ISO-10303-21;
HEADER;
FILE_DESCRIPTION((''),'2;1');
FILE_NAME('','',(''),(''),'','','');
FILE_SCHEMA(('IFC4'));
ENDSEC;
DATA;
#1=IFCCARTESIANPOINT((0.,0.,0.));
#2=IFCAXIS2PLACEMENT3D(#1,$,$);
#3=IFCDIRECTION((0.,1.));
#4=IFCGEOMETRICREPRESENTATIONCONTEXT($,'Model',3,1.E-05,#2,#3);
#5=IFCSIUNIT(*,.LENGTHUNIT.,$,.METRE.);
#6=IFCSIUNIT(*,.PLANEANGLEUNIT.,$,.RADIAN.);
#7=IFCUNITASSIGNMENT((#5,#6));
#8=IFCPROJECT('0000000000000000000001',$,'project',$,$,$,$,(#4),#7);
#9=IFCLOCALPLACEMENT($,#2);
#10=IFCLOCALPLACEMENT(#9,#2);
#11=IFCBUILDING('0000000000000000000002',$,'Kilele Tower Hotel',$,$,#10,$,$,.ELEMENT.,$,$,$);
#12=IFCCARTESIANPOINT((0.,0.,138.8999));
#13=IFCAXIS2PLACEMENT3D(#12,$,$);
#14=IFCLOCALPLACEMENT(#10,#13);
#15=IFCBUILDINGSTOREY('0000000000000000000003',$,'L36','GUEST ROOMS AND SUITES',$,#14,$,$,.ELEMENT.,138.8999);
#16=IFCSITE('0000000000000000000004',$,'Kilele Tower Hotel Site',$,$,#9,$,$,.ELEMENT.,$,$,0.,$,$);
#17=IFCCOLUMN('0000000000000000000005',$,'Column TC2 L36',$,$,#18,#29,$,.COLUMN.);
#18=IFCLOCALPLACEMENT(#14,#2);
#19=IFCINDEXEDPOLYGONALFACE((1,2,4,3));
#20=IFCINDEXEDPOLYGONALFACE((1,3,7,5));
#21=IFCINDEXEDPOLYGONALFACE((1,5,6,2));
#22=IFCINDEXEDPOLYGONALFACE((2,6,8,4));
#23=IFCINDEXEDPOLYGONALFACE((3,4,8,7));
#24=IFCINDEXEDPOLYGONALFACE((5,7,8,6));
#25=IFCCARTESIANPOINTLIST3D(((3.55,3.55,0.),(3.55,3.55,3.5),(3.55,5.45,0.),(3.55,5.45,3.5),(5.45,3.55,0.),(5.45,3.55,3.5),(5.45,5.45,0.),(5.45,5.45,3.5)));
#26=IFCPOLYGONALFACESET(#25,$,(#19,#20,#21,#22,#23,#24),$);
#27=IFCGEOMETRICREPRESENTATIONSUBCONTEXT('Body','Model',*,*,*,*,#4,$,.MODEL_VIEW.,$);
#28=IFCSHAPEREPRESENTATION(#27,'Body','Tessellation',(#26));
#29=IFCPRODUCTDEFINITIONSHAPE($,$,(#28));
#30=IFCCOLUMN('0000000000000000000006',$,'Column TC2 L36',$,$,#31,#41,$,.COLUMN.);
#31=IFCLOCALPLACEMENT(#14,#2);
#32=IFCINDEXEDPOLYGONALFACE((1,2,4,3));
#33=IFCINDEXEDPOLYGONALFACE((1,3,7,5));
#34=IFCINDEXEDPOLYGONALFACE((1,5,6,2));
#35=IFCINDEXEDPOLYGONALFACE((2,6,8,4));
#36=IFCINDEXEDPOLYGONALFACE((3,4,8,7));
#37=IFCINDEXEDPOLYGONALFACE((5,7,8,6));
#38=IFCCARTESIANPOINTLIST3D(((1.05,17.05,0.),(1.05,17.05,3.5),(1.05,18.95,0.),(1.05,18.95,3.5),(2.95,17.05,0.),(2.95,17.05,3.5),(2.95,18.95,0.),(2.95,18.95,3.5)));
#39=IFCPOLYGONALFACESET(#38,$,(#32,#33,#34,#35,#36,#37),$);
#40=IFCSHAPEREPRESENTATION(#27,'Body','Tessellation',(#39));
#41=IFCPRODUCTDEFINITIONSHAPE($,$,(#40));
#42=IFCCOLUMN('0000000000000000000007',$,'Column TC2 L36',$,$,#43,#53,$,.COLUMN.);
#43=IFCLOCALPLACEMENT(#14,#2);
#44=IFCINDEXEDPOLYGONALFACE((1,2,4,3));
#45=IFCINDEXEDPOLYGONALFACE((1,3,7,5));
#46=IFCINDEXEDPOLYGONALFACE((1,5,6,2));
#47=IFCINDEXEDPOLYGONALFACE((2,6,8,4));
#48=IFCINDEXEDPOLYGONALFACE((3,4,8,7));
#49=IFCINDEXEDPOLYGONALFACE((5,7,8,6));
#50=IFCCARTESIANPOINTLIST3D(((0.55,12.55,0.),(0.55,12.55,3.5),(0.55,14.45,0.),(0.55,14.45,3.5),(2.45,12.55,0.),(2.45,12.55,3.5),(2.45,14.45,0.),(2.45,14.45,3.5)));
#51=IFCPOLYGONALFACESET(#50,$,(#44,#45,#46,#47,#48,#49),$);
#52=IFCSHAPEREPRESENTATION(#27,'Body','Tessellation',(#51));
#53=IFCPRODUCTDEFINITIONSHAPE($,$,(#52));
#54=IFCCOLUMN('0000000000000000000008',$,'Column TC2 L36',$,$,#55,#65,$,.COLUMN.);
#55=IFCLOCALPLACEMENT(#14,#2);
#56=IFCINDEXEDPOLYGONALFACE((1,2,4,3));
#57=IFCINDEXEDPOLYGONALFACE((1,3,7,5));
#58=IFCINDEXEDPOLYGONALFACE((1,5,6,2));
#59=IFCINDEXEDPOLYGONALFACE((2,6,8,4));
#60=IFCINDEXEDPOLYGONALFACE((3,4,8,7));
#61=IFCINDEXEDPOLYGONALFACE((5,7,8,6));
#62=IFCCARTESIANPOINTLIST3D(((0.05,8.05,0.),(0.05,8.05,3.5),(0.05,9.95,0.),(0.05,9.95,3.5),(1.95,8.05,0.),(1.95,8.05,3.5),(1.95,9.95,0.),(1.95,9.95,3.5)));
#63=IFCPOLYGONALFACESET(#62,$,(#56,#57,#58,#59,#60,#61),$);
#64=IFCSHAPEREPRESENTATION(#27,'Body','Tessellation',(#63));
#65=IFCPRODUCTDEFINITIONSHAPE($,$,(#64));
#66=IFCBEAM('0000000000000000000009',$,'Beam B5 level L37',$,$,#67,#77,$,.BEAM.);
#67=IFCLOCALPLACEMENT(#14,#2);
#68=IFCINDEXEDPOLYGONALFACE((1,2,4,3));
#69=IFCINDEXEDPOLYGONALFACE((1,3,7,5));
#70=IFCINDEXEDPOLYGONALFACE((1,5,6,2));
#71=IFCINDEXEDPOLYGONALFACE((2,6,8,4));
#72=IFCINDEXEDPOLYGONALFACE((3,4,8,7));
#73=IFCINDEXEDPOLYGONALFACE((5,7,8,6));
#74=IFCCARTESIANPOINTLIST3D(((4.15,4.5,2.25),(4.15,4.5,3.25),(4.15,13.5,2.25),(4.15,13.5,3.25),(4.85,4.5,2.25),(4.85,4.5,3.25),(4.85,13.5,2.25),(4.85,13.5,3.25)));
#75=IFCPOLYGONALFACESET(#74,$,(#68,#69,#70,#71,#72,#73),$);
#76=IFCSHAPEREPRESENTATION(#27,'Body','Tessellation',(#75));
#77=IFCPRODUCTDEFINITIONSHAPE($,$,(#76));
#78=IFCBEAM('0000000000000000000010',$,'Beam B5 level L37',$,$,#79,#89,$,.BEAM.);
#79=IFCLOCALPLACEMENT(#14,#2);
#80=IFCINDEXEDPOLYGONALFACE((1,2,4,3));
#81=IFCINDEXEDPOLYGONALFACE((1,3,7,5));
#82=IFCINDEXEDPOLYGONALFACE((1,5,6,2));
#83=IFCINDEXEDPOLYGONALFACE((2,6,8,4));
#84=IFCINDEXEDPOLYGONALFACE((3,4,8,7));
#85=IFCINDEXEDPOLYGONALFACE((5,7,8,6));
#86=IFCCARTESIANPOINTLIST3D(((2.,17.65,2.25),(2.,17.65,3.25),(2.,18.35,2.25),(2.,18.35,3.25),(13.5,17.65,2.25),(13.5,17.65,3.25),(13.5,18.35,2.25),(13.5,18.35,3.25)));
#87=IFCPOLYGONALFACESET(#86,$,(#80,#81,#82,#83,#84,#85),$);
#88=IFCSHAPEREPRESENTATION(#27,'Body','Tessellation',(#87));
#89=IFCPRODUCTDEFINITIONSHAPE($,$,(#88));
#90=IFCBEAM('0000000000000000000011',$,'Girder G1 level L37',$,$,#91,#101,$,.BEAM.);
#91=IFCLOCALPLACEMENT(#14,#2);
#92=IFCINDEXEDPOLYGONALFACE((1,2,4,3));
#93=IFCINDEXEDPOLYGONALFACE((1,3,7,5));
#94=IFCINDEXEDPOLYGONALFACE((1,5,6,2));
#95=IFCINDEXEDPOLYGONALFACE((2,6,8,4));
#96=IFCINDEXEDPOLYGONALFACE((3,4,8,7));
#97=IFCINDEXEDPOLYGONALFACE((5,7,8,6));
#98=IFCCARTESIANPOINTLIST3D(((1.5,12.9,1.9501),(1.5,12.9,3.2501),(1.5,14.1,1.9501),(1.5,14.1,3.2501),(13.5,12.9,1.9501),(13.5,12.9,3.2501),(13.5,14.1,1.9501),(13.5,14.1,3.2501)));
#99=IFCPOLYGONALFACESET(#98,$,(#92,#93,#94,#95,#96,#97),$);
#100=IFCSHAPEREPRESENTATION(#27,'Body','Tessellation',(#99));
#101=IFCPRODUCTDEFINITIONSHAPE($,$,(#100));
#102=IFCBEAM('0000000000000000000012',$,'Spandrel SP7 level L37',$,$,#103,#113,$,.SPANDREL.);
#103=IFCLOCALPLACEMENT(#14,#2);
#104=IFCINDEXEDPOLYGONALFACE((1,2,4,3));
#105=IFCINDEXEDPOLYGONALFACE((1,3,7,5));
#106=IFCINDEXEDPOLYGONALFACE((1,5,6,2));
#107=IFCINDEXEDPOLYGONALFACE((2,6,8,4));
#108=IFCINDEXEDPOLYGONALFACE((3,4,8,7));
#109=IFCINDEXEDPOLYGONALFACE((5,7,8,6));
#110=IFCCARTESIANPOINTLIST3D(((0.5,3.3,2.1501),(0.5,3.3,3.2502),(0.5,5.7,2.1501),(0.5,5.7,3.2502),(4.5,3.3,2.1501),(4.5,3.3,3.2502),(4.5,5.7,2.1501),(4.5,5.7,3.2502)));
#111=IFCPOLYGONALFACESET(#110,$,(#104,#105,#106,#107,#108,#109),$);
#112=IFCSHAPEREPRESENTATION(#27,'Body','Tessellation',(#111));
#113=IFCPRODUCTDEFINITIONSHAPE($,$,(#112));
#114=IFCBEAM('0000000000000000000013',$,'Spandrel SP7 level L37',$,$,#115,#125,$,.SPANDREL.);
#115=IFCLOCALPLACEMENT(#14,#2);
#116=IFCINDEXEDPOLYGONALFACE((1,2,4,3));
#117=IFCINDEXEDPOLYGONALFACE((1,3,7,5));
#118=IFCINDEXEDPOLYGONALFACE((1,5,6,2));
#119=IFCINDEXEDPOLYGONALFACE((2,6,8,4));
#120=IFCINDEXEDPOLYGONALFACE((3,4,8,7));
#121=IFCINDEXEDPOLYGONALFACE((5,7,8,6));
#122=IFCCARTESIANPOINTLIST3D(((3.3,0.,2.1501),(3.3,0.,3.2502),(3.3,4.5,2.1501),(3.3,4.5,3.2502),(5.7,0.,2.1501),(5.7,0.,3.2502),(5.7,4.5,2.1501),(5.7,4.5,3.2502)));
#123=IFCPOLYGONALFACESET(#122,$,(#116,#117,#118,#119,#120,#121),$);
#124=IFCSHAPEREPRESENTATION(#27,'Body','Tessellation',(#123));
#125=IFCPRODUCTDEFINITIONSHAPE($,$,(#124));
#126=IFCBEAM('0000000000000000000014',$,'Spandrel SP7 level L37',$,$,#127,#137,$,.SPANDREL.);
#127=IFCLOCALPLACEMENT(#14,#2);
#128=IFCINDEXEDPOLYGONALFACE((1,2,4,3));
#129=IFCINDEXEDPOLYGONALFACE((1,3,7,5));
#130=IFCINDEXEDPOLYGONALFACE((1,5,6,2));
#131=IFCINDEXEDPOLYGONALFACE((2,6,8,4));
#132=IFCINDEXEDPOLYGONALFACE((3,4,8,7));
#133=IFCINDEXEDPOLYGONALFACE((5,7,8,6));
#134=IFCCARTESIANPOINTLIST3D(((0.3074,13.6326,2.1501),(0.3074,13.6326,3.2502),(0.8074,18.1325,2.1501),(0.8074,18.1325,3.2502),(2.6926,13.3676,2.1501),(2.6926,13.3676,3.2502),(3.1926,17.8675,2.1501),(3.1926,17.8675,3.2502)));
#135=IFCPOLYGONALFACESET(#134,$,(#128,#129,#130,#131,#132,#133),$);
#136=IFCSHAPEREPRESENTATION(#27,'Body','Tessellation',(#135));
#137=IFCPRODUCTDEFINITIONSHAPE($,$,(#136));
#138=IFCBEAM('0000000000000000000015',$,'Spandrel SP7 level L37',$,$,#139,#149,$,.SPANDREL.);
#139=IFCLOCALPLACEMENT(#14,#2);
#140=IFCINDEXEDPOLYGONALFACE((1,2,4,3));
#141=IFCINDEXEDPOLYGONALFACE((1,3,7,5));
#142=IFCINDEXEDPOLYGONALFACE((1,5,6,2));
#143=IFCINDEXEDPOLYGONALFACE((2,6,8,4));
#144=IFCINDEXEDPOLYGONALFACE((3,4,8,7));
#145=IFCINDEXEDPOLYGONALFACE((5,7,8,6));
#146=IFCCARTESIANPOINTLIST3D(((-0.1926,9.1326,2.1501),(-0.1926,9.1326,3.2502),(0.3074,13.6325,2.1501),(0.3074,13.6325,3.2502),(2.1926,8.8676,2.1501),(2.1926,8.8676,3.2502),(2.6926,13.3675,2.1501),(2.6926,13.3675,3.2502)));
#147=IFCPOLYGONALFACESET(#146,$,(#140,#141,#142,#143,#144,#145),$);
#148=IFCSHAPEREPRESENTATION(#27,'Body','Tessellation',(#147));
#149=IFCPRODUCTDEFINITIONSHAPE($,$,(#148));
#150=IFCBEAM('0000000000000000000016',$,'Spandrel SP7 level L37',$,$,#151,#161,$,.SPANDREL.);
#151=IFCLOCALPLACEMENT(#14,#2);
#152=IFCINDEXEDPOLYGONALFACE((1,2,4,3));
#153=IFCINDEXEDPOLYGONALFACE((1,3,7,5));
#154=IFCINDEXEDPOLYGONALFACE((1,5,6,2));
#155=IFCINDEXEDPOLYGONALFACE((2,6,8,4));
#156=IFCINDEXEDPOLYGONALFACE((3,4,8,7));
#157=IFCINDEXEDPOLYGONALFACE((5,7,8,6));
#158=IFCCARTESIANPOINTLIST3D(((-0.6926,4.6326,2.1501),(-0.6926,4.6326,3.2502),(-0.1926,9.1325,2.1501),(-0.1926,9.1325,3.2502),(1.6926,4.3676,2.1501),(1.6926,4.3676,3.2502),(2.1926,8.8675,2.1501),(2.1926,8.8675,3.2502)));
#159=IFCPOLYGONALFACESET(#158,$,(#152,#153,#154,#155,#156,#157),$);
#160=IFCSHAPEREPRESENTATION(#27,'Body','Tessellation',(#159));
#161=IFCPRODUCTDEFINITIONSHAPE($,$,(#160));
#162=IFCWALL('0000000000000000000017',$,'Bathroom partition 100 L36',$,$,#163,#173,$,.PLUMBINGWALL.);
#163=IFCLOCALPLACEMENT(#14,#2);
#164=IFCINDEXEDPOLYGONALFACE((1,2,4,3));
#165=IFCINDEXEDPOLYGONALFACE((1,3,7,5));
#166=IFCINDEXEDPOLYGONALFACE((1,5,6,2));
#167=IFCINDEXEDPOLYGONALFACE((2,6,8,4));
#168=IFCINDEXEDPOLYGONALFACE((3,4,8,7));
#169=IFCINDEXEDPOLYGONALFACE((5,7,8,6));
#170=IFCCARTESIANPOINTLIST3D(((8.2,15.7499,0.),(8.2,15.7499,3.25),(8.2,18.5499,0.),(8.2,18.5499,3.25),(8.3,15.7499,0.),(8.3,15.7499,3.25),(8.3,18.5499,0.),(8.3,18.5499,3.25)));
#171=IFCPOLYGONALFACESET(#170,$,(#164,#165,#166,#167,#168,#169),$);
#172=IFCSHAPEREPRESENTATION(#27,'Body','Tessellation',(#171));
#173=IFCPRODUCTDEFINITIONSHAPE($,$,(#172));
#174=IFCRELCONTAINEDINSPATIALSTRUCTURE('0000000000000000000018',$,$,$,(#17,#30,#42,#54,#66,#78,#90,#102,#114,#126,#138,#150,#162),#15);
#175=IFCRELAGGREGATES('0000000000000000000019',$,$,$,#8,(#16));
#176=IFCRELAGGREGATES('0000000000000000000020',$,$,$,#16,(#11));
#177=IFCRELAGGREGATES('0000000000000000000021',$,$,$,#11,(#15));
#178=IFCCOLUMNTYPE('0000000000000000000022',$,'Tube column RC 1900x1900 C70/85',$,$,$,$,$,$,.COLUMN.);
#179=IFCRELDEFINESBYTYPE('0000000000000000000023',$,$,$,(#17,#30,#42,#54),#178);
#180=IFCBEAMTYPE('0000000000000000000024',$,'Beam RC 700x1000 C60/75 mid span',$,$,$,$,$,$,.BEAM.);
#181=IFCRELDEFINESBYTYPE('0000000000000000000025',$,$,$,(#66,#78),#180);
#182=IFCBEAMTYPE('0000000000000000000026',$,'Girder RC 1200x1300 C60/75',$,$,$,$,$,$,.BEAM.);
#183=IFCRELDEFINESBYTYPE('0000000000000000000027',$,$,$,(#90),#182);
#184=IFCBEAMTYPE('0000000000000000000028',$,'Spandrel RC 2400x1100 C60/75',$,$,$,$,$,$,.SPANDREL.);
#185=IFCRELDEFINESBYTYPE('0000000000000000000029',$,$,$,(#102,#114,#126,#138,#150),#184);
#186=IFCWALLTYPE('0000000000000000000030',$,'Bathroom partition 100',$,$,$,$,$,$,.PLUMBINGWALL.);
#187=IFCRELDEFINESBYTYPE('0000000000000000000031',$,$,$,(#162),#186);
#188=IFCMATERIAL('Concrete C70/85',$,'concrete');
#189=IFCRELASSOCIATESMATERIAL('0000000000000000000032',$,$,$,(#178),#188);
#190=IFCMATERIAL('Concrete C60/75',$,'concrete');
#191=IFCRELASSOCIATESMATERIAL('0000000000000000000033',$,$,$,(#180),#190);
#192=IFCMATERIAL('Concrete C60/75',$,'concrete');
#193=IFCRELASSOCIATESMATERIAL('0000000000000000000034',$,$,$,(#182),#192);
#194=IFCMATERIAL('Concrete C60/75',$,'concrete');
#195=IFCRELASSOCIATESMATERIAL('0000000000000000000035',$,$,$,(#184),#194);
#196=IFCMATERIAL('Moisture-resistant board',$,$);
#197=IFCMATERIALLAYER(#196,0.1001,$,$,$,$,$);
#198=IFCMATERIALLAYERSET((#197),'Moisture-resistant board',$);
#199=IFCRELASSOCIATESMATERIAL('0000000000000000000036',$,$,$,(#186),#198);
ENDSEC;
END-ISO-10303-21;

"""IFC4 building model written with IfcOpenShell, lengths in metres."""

from ifc_helpers import new_model, si_unit, direction, frame, frame_2d, origin, origin_2d, place, context, subcontext, project, spatial, rectangle, extrude, material, layer, layer_set, material_profile, profile_set, type_object, element, save


model = new_model("IFC4")

# Units and contexts
model_context = context("Model", 3, precision=1e-05, world=origin(), true_north=direction((0.0, 1.0)))
body_context = subcontext(model_context, "Body", "Model", "MODEL_VIEW")
ifc_project = project(units=[si_unit("LENGTHUNIT", "METRE"), si_unit("PLANEANGLEUNIT", "RADIAN")], contexts=[model_context])

# Site, building, storey
site_placement = place(None, origin())
site = spatial("IfcSite", under=ifc_project, at=site_placement, Name="Kilele Tower Hotel Site", CompositionType="ELEMENT", RefElevation=0.0)
building_placement = place(site_placement, origin())
building = spatial("IfcBuilding", under=site, at=building_placement, Name="Kilele Tower Hotel", CompositionType="ELEMENT")
storey_placement = place(building_placement, frame((0.0, 0.0, 138.8999)))
storey = spatial("IfcBuildingStorey", under=building, at=storey_placement, Name="L36", Description="GUEST ROOMS AND SUITES", CompositionType="ELEMENT", Elevation=138.8999)

# Columns
ifc_material_1 = material(Name="Concrete C70/85", Category="concrete")
ifc_material_profile_1 = material_profile(ifc_material_1, rectangle(XDim=1.8999, YDim=1.8999, at=origin_2d()))
ifc_profile_set_1 = profile_set([ifc_material_profile_1], Name="Concrete C70/85")
column_type = type_object("IfcColumnType", Name="Tube column RC 1900x1900 C70/85", PredefinedType="COLUMN", material=ifc_profile_set_1)
for number, where, z_axis, x_axis, name in (
    (1, (4.5, 4.5, 0.0), (0.0, 0.0, 1.0), (1.0, 0.0, 0.0), "Column TC2 L36"),
    (2, (2.0, 18.0, 0.0), (0.0, 0.0, 1.0), (1.0, 0.0, 0.0), "Column TC2 L36"),
    (3, (1.5, 13.5, 0.0), (0.0, 0.0, 1.0), (1.0, 0.0, 0.0), "Column TC2 L36"),
    (4, (1.0, 9.0, 0.0), (0.0, 0.0, 1.0), (1.0, 0.0, 0.0), "Column TC2 L36"),
):
    element("IfcColumn", number, at=place(storey_placement, frame(where, z_axis=z_axis, x_axis=x_axis)), inside=storey, type_object=column_type, Name=name, PredefinedType="COLUMN", context=body_context, shape_type="SweptSolid", body=[
        extrude(rectangle(XDim=1.8999, YDim=1.8999, at=origin_2d()), origin(), (0.0, 0.0, 1.0), 3.5),
    ])

# Beams
ifc_material_2 = material(Name="Concrete C60/75", Category="concrete")
ifc_material_profile_2 = material_profile(ifc_material_2, rectangle(XDim=0.7, YDim=1.0, at=origin_2d()))
ifc_profile_set_2 = profile_set([ifc_material_profile_2], Name="Concrete C60/75")
beam_type_1 = type_object("IfcBeamType", Name="Beam RC 700x1000 C60/75 mid span", PredefinedType="BEAM", material=ifc_profile_set_2)
beam_1_placement = place(storey_placement, frame((4.5, 4.5, 2.75), z_axis=(0.0, 1.0, 0.0), x_axis=(-1.0, 0.0, 0.0)))
element("IfcBeam", 5, at=beam_1_placement, inside=storey, type_object=beam_type_1, Name="Beam B5 level L37", PredefinedType="BEAM", context=body_context, shape_type="SweptSolid", body=[
    extrude(rectangle(XDim=0.7, YDim=1.0, at=origin_2d()), origin(), (0.0, 0.0, 1.0), 9.0),
])
beam_2_placement = place(storey_placement, frame((2.0, 18.0, 2.75), z_axis=(1.0, 0.0, 0.0), x_axis=(0.0, 1.0, 0.0)))
element("IfcBeam", 6, at=beam_2_placement, inside=storey, type_object=beam_type_1, Name="Beam B5 level L37", PredefinedType="BEAM", context=body_context, shape_type="SweptSolid", body=[
    extrude(rectangle(XDim=0.7, YDim=1.0, at=origin_2d()), origin(), (0.0, 0.0, 1.0), 11.5),
])
ifc_material_3 = material(Name="Concrete C60/75", Category="concrete")
ifc_material_profile_3 = material_profile(ifc_material_3, rectangle(XDim=1.2, YDim=1.3, at=origin_2d()))
ifc_profile_set_3 = profile_set([ifc_material_profile_3], Name="Concrete C60/75")
beam_type_2 = type_object("IfcBeamType", Name="Girder RC 1200x1300 C60/75", PredefinedType="BEAM", material=ifc_profile_set_3)
beam_3_placement = place(storey_placement, frame((1.5, 13.5, 2.6001), z_axis=(1.0, 0.0, 0.0), x_axis=(0.0, 1.0, 0.0)))
element("IfcBeam", 7, at=beam_3_placement, inside=storey, type_object=beam_type_2, Name="Girder G1 level L37", PredefinedType="BEAM", context=body_context, shape_type="SweptSolid", body=[
    extrude(rectangle(XDim=1.2, YDim=1.3, at=origin_2d()), origin(), (0.0, 0.0, 1.0), 12.0),
])
ifc_material_4 = material(Name="Concrete C60/75", Category="concrete")
ifc_material_profile_4 = material_profile(ifc_material_4, rectangle(XDim=2.3999, YDim=1.1001, at=origin_2d()))
ifc_profile_set_4 = profile_set([ifc_material_profile_4], Name="Concrete C60/75")
beam_type_3 = type_object("IfcBeamType", Name="Spandrel RC 2400x1100 C60/75", PredefinedType="SPANDREL", material=ifc_profile_set_4)
beam_4_placement = place(storey_placement, frame((0.5, 4.5, 2.7002), z_axis=(1.0, 0.0, 0.0), x_axis=(0.0, 1.0, 0.0)))
element("IfcBeam", 8, at=beam_4_placement, inside=storey, type_object=beam_type_3, Name="Spandrel SP7 level L37", PredefinedType="SPANDREL", context=body_context, shape_type="SweptSolid", body=[
    extrude(rectangle(XDim=2.3999, YDim=1.1001, at=origin_2d()), origin(), (0.0, 0.0, 1.0), 4.0),
])
beam_5_placement = place(storey_placement, frame((4.5, 4.5, 2.7002), z_axis=(0.0, -1.0, 0.0), x_axis=(1.0, 0.0, 0.0)))
element("IfcBeam", 9, at=beam_5_placement, inside=storey, type_object=beam_type_3, Name="Spandrel SP7 level L37", PredefinedType="SPANDREL", context=body_context, shape_type="SweptSolid", body=[
    extrude(rectangle(XDim=2.3999, YDim=1.1001, at=origin_2d()), origin(), (0.0, 0.0, 1.0), 4.5),
])
for number, where, z_axis, x_axis, name in (
    (10, (2.0, 18.0, 2.7002), (-0.110432, -0.993884, 0.0), (0.993884, -0.110432, 0.0), "Spandrel SP7 level L37"),
    (11, (1.5, 13.5, 2.7002), (-0.110432, -0.993884, 0.0), (0.993884, -0.110432, 0.0), "Spandrel SP7 level L37"),
    (12, (1.0, 9.0, 2.7002), (-0.110432, -0.993884, 0.0), (0.993884, -0.110432, 0.0), "Spandrel SP7 level L37"),
):
    element("IfcBeam", number, at=place(storey_placement, frame(where, z_axis=z_axis, x_axis=x_axis)), inside=storey, type_object=beam_type_3, Name=name, PredefinedType="SPANDREL", context=body_context, shape_type="SweptSolid", body=[
        extrude(rectangle(XDim=2.3999, YDim=1.1001, at=origin_2d()), origin(), (0.0, 0.0, 1.0), 4.5276),
    ])

# Wall
ifc_material_5 = material(Name="Moisture-resistant board")
ifc_layer_1 = layer(ifc_material_5, 0.1001)
ifc_layer_set_1 = layer_set([ifc_layer_1], Name="Moisture-resistant board")
wall_type_1 = type_object("IfcWallType", Name="Bathroom partition 100", PredefinedType="PLUMBINGWALL", material=ifc_layer_set_1)
wall_1_placement = place(storey_placement, frame((8.25, 15.75, 0.0), z_axis=(0.0, 0.0, 1.0), x_axis=(0.0, 1.0, 0.0)))
element("IfcWall", 13, at=wall_1_placement, inside=storey, type_object=wall_type_1, Name="Bathroom partition 100 L36", PredefinedType="PLUMBINGWALL", context=body_context, shape_type="SweptSolid", body=[
    extrude(rectangle(XDim=2.8, YDim=0.1001, at=frame_2d((1.3999, 0.0))), origin(), (0.0, 0.0, 1.0), 3.25),
])

save(model, "model.ifc")
